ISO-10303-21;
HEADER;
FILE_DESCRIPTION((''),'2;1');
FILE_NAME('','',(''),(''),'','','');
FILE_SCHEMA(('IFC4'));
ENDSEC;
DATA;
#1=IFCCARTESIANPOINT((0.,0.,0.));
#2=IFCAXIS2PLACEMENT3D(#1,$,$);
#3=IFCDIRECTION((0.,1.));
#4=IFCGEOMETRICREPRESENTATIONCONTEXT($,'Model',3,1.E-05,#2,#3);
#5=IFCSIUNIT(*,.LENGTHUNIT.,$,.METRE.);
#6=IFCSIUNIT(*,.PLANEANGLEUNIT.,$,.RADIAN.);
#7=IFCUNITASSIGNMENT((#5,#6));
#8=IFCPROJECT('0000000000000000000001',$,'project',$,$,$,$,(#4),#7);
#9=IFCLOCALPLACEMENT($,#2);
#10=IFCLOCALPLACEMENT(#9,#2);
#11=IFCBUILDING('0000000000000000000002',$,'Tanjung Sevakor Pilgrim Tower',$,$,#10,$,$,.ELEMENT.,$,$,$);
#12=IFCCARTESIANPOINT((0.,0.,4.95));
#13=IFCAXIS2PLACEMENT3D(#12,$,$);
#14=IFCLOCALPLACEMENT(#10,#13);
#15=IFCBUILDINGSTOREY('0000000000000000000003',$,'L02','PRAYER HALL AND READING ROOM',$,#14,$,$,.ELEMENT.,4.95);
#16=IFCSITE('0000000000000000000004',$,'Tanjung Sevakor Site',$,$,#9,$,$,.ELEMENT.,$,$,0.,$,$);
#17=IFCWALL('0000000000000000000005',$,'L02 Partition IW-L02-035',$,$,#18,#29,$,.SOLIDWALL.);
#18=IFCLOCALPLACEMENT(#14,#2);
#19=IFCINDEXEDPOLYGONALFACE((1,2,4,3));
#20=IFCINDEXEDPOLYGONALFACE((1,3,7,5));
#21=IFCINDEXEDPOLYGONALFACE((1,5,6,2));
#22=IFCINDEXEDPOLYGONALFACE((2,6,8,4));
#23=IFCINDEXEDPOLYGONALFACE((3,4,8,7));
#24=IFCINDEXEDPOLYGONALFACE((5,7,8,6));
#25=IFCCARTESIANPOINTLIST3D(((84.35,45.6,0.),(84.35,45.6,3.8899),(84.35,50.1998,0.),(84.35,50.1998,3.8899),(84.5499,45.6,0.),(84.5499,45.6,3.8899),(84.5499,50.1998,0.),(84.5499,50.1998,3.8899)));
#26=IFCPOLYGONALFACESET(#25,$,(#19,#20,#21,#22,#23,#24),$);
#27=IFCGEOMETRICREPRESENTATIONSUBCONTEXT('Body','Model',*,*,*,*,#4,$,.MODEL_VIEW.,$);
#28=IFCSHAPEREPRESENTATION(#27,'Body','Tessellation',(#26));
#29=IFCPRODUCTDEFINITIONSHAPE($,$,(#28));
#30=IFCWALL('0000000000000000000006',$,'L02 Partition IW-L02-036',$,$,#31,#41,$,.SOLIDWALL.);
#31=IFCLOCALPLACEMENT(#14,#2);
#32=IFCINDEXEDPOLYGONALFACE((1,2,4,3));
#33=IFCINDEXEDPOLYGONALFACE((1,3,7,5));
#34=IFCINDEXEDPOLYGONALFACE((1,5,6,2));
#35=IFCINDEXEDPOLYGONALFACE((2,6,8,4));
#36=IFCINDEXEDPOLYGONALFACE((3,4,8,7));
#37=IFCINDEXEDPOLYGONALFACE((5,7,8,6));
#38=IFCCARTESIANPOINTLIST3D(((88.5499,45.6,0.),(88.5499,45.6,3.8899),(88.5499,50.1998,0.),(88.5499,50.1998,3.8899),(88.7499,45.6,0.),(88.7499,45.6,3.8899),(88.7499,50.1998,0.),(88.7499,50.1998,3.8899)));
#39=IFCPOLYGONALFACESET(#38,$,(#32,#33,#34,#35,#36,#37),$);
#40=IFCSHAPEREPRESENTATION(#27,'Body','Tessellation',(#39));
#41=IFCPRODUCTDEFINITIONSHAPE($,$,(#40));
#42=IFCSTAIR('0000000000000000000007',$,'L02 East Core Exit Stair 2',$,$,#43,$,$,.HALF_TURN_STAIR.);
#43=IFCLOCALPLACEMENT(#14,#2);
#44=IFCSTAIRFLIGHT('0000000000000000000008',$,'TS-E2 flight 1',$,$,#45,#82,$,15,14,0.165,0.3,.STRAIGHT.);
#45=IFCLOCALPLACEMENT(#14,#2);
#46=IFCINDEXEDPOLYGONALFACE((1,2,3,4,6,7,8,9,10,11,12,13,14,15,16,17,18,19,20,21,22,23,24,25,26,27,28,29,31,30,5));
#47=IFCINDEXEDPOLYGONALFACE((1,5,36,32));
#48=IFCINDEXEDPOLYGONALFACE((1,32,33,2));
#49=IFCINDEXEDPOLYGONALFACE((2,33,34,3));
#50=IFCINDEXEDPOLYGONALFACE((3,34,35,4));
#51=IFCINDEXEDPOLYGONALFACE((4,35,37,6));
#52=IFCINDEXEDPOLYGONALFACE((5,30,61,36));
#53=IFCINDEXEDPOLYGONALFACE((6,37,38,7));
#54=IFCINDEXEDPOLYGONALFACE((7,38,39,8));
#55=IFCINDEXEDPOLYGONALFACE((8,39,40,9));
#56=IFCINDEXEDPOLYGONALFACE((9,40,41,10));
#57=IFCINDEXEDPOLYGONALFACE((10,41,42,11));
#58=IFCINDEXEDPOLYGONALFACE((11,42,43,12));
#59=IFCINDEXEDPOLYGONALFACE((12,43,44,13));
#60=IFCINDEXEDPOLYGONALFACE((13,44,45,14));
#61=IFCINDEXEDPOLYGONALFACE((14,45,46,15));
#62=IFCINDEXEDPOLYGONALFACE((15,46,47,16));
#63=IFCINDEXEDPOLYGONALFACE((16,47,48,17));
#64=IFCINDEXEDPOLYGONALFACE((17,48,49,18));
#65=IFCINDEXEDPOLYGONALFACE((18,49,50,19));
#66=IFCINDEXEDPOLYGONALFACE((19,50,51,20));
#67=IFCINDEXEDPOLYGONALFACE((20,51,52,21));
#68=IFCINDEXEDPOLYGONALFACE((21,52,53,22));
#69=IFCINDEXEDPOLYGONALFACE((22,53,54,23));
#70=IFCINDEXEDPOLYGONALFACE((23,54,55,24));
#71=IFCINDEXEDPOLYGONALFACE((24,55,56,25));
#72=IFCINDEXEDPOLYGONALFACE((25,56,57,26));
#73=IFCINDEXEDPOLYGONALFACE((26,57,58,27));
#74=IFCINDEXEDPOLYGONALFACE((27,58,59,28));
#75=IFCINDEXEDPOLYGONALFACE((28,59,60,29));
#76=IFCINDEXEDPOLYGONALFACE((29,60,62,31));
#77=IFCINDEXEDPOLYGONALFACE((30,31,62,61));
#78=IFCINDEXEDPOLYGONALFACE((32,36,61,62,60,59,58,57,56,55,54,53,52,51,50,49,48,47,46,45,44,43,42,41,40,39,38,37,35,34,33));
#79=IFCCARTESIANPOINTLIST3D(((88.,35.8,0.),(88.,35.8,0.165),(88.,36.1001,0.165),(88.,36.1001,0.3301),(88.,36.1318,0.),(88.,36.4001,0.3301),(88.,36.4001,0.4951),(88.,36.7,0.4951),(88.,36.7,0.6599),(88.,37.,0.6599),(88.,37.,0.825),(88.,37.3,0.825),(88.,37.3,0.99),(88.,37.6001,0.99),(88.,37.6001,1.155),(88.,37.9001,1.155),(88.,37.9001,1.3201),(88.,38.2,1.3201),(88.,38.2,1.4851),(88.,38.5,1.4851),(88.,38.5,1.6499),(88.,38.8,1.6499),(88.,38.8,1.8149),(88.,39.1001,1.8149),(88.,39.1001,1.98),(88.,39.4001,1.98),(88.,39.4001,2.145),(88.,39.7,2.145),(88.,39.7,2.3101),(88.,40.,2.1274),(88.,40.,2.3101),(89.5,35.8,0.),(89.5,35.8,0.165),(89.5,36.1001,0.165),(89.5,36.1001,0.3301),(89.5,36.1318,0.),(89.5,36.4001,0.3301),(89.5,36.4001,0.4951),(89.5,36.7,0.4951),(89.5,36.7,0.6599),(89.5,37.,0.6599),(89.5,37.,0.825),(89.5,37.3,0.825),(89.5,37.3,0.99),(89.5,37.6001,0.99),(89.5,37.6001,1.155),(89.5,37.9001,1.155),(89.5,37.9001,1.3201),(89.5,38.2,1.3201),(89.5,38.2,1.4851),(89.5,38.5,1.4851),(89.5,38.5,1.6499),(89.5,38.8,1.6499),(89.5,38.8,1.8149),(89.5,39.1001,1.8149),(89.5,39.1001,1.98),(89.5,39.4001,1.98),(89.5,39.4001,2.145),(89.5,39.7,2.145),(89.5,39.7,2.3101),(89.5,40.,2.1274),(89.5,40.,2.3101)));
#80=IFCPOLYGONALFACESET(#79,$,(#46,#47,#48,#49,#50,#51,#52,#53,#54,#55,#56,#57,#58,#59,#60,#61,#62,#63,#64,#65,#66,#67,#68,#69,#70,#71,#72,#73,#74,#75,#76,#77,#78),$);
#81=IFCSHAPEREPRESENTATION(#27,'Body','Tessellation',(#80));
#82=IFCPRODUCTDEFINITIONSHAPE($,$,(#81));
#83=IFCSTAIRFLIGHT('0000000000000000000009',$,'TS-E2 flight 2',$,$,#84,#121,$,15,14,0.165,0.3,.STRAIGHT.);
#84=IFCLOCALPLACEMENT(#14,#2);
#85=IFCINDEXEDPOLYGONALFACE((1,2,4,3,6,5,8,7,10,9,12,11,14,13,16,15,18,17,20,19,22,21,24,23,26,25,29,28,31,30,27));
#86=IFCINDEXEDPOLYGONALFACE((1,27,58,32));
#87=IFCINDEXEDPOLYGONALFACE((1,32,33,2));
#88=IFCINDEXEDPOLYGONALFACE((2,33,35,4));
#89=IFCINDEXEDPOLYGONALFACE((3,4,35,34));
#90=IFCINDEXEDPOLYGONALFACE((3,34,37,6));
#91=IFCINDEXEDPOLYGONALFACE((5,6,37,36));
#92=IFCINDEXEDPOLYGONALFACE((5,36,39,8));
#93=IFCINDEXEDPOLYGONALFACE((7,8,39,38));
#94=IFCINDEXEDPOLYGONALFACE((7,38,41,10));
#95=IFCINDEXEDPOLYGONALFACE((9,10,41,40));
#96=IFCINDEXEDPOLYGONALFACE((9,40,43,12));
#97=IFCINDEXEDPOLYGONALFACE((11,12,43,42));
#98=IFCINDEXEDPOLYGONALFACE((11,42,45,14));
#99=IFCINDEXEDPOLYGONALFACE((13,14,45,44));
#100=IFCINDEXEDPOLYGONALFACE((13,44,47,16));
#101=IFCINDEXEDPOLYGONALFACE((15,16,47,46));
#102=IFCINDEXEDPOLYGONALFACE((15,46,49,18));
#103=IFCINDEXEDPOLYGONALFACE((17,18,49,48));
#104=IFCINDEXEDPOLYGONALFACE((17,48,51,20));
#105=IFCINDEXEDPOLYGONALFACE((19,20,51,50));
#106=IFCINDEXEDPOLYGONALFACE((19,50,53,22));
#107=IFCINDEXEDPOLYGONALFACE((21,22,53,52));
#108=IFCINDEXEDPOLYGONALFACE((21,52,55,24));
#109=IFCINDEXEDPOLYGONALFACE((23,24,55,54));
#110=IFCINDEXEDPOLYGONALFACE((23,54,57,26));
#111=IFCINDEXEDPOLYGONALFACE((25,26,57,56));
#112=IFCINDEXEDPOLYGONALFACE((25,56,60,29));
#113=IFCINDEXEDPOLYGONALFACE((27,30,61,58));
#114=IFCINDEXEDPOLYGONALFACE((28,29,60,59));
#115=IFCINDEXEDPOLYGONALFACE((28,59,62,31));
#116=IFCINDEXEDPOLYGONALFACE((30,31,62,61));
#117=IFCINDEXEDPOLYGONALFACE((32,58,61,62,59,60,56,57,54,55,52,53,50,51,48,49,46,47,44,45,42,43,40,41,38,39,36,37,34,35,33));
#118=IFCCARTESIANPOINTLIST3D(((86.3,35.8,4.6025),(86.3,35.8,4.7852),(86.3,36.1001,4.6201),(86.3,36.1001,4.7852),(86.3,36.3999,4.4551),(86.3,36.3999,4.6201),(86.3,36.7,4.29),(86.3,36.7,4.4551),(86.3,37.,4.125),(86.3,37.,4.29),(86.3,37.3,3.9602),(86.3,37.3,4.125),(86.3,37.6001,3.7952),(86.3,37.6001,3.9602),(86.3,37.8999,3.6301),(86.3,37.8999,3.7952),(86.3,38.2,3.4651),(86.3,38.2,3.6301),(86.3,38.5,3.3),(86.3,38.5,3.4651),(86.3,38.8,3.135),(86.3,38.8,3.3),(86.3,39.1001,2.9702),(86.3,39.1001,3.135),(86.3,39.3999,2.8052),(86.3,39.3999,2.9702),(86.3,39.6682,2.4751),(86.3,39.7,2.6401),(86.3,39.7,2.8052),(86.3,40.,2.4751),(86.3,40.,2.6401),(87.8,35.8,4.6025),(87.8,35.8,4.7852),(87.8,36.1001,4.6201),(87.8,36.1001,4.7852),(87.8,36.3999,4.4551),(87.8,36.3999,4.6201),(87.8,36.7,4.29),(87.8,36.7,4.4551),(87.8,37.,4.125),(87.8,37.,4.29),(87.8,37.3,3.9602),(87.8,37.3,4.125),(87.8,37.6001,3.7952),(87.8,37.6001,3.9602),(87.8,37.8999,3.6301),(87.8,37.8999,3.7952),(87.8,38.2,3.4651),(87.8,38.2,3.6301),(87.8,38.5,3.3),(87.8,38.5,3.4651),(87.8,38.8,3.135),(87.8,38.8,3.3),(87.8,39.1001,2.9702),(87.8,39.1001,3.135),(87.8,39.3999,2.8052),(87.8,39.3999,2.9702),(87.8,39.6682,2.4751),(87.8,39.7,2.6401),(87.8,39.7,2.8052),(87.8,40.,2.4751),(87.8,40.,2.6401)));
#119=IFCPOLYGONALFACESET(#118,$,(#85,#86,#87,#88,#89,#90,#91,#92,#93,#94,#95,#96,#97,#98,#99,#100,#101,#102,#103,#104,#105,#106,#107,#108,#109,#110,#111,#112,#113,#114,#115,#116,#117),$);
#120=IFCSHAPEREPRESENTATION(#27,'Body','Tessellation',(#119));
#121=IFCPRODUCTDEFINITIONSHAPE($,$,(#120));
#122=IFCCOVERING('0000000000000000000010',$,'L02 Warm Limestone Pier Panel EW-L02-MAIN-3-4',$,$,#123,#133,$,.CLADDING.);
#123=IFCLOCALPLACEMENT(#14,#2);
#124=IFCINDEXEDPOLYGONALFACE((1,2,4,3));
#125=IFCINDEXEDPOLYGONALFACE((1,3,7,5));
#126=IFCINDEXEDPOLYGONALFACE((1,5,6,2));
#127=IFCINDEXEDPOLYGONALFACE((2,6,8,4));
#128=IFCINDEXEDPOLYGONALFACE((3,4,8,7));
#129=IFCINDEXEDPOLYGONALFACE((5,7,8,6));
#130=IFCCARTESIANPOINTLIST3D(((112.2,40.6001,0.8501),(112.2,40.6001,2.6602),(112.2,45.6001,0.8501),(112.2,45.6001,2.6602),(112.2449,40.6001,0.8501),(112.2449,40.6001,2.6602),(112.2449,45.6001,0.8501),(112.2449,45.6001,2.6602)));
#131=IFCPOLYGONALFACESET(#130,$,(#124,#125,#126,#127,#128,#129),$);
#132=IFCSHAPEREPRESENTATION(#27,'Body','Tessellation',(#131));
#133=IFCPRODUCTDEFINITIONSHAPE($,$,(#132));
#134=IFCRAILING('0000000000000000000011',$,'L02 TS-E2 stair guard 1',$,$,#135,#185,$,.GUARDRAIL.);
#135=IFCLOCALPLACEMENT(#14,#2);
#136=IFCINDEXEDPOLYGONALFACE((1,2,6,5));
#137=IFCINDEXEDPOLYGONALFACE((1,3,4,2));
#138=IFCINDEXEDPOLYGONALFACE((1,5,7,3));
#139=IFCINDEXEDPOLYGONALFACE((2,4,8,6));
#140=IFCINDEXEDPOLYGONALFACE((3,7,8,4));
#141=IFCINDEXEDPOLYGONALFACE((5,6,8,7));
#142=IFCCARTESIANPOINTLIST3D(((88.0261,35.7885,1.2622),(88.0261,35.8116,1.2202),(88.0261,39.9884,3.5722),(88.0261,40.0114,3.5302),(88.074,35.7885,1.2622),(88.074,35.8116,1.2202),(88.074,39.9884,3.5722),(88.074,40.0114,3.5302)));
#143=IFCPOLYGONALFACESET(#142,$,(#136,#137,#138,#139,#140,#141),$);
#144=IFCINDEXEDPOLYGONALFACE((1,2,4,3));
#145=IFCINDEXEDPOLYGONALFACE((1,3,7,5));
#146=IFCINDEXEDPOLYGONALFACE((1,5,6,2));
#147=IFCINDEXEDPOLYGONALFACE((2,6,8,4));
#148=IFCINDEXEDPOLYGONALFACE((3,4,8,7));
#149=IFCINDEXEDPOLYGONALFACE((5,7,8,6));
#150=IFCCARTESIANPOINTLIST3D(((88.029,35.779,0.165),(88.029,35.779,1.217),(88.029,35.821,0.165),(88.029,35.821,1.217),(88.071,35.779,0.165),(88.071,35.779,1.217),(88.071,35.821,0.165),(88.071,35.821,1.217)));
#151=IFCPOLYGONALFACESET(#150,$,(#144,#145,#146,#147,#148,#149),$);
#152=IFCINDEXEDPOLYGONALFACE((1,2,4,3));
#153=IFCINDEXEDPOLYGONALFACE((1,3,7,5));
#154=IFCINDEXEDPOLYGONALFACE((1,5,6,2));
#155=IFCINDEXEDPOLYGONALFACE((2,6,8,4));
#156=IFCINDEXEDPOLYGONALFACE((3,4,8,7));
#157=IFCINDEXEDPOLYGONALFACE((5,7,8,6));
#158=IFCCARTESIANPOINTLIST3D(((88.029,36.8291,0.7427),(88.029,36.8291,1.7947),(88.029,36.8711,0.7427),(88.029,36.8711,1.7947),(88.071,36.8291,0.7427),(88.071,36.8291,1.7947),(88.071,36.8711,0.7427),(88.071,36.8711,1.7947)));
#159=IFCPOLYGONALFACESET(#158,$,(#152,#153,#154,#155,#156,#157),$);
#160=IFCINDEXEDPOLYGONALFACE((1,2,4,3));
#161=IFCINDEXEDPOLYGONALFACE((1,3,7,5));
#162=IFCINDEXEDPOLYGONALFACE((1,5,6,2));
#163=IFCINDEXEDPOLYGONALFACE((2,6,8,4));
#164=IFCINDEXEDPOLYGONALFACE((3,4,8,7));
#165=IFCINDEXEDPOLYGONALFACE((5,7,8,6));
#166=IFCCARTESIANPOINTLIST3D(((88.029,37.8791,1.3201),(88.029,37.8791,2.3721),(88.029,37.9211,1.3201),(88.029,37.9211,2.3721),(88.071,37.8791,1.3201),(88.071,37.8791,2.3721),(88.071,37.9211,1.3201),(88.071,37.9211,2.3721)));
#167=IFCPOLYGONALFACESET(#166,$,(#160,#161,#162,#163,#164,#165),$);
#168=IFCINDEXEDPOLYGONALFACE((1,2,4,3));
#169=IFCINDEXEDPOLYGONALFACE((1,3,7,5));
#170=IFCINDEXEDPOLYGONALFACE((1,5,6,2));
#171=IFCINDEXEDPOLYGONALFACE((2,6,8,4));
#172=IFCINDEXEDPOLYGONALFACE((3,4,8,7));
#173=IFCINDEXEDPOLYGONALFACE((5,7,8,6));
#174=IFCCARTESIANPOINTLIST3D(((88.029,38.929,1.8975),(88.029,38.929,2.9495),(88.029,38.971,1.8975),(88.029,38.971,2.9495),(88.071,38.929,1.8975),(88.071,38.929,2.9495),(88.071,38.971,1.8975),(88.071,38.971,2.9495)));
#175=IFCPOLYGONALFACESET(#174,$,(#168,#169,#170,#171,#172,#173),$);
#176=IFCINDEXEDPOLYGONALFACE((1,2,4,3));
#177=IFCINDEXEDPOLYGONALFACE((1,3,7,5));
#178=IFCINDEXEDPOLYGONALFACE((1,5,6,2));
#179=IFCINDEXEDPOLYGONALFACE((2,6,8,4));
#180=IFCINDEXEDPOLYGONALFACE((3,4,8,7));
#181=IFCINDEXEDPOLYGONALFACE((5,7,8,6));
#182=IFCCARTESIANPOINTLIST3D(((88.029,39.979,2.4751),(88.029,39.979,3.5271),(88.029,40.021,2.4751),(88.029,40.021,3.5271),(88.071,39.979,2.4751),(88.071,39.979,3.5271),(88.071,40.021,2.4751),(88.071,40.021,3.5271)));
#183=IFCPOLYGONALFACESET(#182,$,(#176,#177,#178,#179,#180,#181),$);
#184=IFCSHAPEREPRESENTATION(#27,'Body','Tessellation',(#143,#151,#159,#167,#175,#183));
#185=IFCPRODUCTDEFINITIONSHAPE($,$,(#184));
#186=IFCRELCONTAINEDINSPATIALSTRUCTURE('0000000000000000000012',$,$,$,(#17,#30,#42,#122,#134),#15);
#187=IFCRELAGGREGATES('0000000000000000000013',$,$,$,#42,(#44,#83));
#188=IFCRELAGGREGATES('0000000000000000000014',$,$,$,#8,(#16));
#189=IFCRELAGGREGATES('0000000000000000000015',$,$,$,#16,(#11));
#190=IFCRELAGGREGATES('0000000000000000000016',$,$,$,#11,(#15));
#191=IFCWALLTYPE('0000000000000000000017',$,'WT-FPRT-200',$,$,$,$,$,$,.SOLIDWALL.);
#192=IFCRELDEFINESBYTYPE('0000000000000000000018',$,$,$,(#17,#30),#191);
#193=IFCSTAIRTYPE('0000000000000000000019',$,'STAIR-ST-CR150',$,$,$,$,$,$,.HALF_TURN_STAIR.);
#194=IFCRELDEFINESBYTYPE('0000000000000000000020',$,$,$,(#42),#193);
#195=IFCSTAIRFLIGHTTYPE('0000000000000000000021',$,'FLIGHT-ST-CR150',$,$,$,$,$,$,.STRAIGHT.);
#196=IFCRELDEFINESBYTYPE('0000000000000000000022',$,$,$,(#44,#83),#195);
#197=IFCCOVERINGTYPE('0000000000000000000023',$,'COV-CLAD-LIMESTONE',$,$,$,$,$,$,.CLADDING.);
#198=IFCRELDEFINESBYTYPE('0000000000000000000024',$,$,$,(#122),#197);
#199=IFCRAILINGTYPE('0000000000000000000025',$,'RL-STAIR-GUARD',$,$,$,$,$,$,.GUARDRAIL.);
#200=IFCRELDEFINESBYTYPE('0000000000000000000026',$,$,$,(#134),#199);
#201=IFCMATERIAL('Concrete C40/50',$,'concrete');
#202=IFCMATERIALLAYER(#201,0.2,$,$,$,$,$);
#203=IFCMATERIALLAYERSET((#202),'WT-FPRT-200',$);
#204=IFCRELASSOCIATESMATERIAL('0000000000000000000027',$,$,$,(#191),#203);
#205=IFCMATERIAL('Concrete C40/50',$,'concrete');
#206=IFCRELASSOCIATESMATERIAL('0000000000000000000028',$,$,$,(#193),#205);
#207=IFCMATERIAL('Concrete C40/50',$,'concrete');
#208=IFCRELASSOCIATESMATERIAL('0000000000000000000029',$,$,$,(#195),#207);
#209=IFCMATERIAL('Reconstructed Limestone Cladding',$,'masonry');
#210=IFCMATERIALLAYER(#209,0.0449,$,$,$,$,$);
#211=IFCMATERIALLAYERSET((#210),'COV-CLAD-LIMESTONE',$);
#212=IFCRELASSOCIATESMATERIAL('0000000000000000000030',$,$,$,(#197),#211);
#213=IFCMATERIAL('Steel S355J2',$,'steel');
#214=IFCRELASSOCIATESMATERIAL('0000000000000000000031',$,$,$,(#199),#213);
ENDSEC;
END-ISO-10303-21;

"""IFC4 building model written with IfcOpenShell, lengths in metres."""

from ifc_helpers import new_model, si_unit, direction, frame, frame_2d, origin, origin_2d, place, context, subcontext, project, spatial, polyline, rectangle, outline, extrude, material, layer, layer_set, type_object, element, aggregate, save


model = new_model("IFC4")

# Units and contexts
model_context = context("Model", 3, precision=1e-05, world=origin(), true_north=direction((0.0, 1.0)))
body_context = subcontext(model_context, "Body", "Model", "MODEL_VIEW")
ifc_project = project(units=[si_unit("LENGTHUNIT", "METRE"), si_unit("PLANEANGLEUNIT", "RADIAN")], contexts=[model_context])

# Site, building, storey
site_placement = place(None, origin())
site = spatial("IfcSite", under=ifc_project, at=site_placement, Name="Tanjung Sevakor Site", CompositionType="ELEMENT", RefElevation=0.0)
building_placement = place(site_placement, origin())
building = spatial("IfcBuilding", under=site, at=building_placement, Name="Tanjung Sevakor Pilgrim Tower", CompositionType="ELEMENT")
storey_placement = place(building_placement, frame((0.0, 0.0, 4.95)))
storey = spatial("IfcBuildingStorey", under=building, at=storey_placement, Name="L02", Description="PRAYER HALL AND READING ROOM", CompositionType="ELEMENT", Elevation=4.95)

# Walls
ifc_material_1 = material(Name="Concrete C40/50", Category="concrete")
ifc_layer_1 = layer(ifc_material_1, 0.2)
ifc_layer_set_1 = layer_set([ifc_layer_1], Name="WT-FPRT-200")
wall_type_1 = type_object("IfcWallType", Name="WT-FPRT-200", PredefinedType="SOLIDWALL", material=ifc_layer_set_1)
for number, where, z_axis, x_axis, name in (
    (1, (84.45, 45.6001, 0.0), (0.0, 0.0, 1.0), (0.0, 1.0, 0.0), "L02 Partition IW-L02-035"),
    (2, (88.6499, 45.6001, 0.0), (0.0, 0.0, 1.0), (0.0, 1.0, 0.0), "L02 Partition IW-L02-036"),
):
    element("IfcWall", number, at=place(storey_placement, frame(where, z_axis=z_axis, x_axis=x_axis)), inside=storey, type_object=wall_type_1, Name=name, PredefinedType="SOLIDWALL", context=body_context, shape_type="SweptSolid", body=[
        extrude(rectangle(XDim=4.5999, YDim=0.2, at=frame_2d((2.2998, 0.0))), origin(), (0.0, 0.0, 1.0), 3.8899),
    ])

# Stair, stair flights
ifc_material_2 = material(Name="Concrete C40/50", Category="concrete")
stair_type = type_object("IfcStairType", Name="STAIR-ST-CR150", PredefinedType="HALF_TURN_STAIR", material=ifc_material_2)
stair_placement = place(storey_placement, origin())
stair = element("IfcStair", 3, at=stair_placement, inside=storey, type_object=stair_type, Name="L02 East Core Exit Stair 2", PredefinedType="HALF_TURN_STAIR")
ifc_material_3 = material(Name="Concrete C40/50", Category="concrete")
stair_flight_type = type_object("IfcStairFlightType", Name="FLIGHT-ST-CR150", PredefinedType="STRAIGHT", material=ifc_material_3)
stair_flight_1_placement = place(storey_placement, frame((88.75, 35.8, 0.0), z_axis=(0.0, 0.0, 1.0), x_axis=(0.0, 1.0, 0.0)))
stair_flight_1 = element("IfcStairFlight", 4, at=stair_flight_1_placement, type_object=stair_flight_type, Name="TS-E2 flight 1", NumberOfRisers=15, NumberOfTreads=14, PredefinedType="STRAIGHT", RiserHeight=0.165, TreadLength=0.3, context=body_context, shape_type="SweptSolid", body=[
    extrude(outline(polyline([(0.0, 0.0), (0.0, 0.165), (0.3, 0.165), (0.3, 0.3301), (0.6001, 0.3301), (0.6001, 0.4951), (0.8999, 0.4951), (0.8999, 0.6599), (1.2, 0.6599), (1.2, 0.825), (1.5, 0.825), (1.5, 0.99), (1.8, 0.99), (1.8, 1.155), (2.1001, 1.155), (2.1001, 1.3201), (2.3999, 1.3201), (2.3999, 1.4851), (2.7, 1.4851), (2.7, 1.6499), (3.0, 1.6499), (3.0, 1.8149), (3.3, 1.8149), (3.3, 1.98), (3.6001, 1.98), (3.6001, 2.145), (3.8999, 2.145), (3.8999, 2.3101), (4.2, 2.3101), (4.2, 2.4751), (4.2, 2.1274), (0.3318, 0.0), (0.0, 0.0)])), frame((0.0, 0.75, 0.0), z_axis=(0.0, -1.0, 0.0), x_axis=(1.0, 0.0, 0.0)), (0.0, 0.0, 1.0), 1.5),
])
stair_flight_2_placement = place(storey_placement, frame((87.05, 40.0, 2.4751), z_axis=(0.0, 0.0, 1.0), x_axis=(0.0, -1.0, 0.0)))
stair_flight_2 = element("IfcStairFlight", 5, at=stair_flight_2_placement, type_object=stair_flight_type, Name="TS-E2 flight 2", NumberOfRisers=15, NumberOfTreads=14, PredefinedType="STRAIGHT", RiserHeight=0.165, TreadLength=0.3, context=body_context, shape_type="SweptSolid", body=[
    extrude(outline(polyline([(0.0, 0.0), (0.0, 0.165), (0.3, 0.165), (0.3, 0.3301), (0.6001, 0.3301), (0.6001, 0.4951), (0.8999, 0.4951), (0.8999, 0.6599), (1.2, 0.6599), (1.2, 0.825), (1.5, 0.825), (1.5, 0.99), (1.8, 0.99), (1.8, 1.155), (2.1001, 1.155), (2.1001, 1.3201), (2.3999, 1.3201), (2.3999, 1.4851), (2.7, 1.4851), (2.7, 1.6499), (3.0, 1.6499), (3.0, 1.8149), (3.3, 1.8149), (3.3, 1.98), (3.6001, 1.98), (3.6001, 2.145), (3.8999, 2.145), (3.8999, 2.3101), (4.2, 2.3101), (4.2, 2.4751), (4.2, 2.1274), (0.3318, 0.0), (0.0, 0.0)])), frame((0.0, 0.75, 0.0), z_axis=(0.0, -1.0, 0.0), x_axis=(1.0, 0.0, 0.0)), (0.0, 0.0, 1.0), 1.5),
])
aggregate(stair, [stair_flight_1, stair_flight_2])

# Covering
ifc_material_4 = material(Name="Reconstructed Limestone Cladding", Category="masonry")
ifc_layer_2 = layer(ifc_material_4, 0.0449)
ifc_layer_set_2 = layer_set([ifc_layer_2], Name="COV-CLAD-LIMESTONE")
covering_type = type_object("IfcCoveringType", Name="COV-CLAD-LIMESTONE", PredefinedType="CLADDING", material=ifc_layer_set_2)
covering_placement = place(storey_placement, frame((112.2224, 43.1001, 0.8501), z_axis=(0.0, 0.0, 1.0), x_axis=(0.0, 1.0, 0.0)))
element("IfcCovering", 6, at=covering_placement, inside=storey, type_object=covering_type, Name="L02 Warm Limestone Pier Panel EW-L02-MAIN-3-4", PredefinedType="CLADDING", context=body_context, shape_type="SweptSolid", body=[
    extrude(rectangle(XDim=5.0, YDim=0.0449, at=origin_2d()), origin(), (0.0, 0.0, 1.0), 1.8101),
])

# Railing
ifc_material_5 = material(Name="Steel S355J2", Category="steel")
railing_type_1 = type_object("IfcRailingType", Name="RL-STAIR-GUARD", PredefinedType="GUARDRAIL", material=ifc_material_5)
railing_1_placement = place(storey_placement, frame((88.05, 35.8, 0.165)))
element("IfcRailing", 7, at=railing_1_placement, inside=storey, type_object=railing_type_1, Name="L02 TS-E2 stair guard 1", PredefinedType="GUARDRAIL", context=body_context, shape_type="SweptSolid", body=[
    extrude(rectangle(XDim=0.0479, YDim=0.0479), frame((0.0, 0.0, 1.0762), z_axis=(0.0, 0.876208, 0.481932), x_axis=(-1.0, 0.0, 0.0)), (0.0, 0.0, 1.0), 4.7932),
    extrude(rectangle(XDim=0.042, YDim=0.042), origin(), (0.0, 0.0, 1.0), 1.052),
    extrude(rectangle(XDim=0.042, YDim=0.042), frame((0.0, 1.05, 0.5776)), (0.0, 0.0, 1.0), 1.052),
    extrude(rectangle(XDim=0.042, YDim=0.042), frame((0.0, 2.1001, 1.155)), (0.0, 0.0, 1.0), 1.052),
    extrude(rectangle(XDim=0.042, YDim=0.042), frame((0.0, 3.1499, 1.7324)), (0.0, 0.0, 1.0), 1.052),
    extrude(rectangle(XDim=0.042, YDim=0.042), frame((0.0, 4.2, 2.3101)), (0.0, 0.0, 1.0), 1.052),
])

save(model, "model.ifc")
